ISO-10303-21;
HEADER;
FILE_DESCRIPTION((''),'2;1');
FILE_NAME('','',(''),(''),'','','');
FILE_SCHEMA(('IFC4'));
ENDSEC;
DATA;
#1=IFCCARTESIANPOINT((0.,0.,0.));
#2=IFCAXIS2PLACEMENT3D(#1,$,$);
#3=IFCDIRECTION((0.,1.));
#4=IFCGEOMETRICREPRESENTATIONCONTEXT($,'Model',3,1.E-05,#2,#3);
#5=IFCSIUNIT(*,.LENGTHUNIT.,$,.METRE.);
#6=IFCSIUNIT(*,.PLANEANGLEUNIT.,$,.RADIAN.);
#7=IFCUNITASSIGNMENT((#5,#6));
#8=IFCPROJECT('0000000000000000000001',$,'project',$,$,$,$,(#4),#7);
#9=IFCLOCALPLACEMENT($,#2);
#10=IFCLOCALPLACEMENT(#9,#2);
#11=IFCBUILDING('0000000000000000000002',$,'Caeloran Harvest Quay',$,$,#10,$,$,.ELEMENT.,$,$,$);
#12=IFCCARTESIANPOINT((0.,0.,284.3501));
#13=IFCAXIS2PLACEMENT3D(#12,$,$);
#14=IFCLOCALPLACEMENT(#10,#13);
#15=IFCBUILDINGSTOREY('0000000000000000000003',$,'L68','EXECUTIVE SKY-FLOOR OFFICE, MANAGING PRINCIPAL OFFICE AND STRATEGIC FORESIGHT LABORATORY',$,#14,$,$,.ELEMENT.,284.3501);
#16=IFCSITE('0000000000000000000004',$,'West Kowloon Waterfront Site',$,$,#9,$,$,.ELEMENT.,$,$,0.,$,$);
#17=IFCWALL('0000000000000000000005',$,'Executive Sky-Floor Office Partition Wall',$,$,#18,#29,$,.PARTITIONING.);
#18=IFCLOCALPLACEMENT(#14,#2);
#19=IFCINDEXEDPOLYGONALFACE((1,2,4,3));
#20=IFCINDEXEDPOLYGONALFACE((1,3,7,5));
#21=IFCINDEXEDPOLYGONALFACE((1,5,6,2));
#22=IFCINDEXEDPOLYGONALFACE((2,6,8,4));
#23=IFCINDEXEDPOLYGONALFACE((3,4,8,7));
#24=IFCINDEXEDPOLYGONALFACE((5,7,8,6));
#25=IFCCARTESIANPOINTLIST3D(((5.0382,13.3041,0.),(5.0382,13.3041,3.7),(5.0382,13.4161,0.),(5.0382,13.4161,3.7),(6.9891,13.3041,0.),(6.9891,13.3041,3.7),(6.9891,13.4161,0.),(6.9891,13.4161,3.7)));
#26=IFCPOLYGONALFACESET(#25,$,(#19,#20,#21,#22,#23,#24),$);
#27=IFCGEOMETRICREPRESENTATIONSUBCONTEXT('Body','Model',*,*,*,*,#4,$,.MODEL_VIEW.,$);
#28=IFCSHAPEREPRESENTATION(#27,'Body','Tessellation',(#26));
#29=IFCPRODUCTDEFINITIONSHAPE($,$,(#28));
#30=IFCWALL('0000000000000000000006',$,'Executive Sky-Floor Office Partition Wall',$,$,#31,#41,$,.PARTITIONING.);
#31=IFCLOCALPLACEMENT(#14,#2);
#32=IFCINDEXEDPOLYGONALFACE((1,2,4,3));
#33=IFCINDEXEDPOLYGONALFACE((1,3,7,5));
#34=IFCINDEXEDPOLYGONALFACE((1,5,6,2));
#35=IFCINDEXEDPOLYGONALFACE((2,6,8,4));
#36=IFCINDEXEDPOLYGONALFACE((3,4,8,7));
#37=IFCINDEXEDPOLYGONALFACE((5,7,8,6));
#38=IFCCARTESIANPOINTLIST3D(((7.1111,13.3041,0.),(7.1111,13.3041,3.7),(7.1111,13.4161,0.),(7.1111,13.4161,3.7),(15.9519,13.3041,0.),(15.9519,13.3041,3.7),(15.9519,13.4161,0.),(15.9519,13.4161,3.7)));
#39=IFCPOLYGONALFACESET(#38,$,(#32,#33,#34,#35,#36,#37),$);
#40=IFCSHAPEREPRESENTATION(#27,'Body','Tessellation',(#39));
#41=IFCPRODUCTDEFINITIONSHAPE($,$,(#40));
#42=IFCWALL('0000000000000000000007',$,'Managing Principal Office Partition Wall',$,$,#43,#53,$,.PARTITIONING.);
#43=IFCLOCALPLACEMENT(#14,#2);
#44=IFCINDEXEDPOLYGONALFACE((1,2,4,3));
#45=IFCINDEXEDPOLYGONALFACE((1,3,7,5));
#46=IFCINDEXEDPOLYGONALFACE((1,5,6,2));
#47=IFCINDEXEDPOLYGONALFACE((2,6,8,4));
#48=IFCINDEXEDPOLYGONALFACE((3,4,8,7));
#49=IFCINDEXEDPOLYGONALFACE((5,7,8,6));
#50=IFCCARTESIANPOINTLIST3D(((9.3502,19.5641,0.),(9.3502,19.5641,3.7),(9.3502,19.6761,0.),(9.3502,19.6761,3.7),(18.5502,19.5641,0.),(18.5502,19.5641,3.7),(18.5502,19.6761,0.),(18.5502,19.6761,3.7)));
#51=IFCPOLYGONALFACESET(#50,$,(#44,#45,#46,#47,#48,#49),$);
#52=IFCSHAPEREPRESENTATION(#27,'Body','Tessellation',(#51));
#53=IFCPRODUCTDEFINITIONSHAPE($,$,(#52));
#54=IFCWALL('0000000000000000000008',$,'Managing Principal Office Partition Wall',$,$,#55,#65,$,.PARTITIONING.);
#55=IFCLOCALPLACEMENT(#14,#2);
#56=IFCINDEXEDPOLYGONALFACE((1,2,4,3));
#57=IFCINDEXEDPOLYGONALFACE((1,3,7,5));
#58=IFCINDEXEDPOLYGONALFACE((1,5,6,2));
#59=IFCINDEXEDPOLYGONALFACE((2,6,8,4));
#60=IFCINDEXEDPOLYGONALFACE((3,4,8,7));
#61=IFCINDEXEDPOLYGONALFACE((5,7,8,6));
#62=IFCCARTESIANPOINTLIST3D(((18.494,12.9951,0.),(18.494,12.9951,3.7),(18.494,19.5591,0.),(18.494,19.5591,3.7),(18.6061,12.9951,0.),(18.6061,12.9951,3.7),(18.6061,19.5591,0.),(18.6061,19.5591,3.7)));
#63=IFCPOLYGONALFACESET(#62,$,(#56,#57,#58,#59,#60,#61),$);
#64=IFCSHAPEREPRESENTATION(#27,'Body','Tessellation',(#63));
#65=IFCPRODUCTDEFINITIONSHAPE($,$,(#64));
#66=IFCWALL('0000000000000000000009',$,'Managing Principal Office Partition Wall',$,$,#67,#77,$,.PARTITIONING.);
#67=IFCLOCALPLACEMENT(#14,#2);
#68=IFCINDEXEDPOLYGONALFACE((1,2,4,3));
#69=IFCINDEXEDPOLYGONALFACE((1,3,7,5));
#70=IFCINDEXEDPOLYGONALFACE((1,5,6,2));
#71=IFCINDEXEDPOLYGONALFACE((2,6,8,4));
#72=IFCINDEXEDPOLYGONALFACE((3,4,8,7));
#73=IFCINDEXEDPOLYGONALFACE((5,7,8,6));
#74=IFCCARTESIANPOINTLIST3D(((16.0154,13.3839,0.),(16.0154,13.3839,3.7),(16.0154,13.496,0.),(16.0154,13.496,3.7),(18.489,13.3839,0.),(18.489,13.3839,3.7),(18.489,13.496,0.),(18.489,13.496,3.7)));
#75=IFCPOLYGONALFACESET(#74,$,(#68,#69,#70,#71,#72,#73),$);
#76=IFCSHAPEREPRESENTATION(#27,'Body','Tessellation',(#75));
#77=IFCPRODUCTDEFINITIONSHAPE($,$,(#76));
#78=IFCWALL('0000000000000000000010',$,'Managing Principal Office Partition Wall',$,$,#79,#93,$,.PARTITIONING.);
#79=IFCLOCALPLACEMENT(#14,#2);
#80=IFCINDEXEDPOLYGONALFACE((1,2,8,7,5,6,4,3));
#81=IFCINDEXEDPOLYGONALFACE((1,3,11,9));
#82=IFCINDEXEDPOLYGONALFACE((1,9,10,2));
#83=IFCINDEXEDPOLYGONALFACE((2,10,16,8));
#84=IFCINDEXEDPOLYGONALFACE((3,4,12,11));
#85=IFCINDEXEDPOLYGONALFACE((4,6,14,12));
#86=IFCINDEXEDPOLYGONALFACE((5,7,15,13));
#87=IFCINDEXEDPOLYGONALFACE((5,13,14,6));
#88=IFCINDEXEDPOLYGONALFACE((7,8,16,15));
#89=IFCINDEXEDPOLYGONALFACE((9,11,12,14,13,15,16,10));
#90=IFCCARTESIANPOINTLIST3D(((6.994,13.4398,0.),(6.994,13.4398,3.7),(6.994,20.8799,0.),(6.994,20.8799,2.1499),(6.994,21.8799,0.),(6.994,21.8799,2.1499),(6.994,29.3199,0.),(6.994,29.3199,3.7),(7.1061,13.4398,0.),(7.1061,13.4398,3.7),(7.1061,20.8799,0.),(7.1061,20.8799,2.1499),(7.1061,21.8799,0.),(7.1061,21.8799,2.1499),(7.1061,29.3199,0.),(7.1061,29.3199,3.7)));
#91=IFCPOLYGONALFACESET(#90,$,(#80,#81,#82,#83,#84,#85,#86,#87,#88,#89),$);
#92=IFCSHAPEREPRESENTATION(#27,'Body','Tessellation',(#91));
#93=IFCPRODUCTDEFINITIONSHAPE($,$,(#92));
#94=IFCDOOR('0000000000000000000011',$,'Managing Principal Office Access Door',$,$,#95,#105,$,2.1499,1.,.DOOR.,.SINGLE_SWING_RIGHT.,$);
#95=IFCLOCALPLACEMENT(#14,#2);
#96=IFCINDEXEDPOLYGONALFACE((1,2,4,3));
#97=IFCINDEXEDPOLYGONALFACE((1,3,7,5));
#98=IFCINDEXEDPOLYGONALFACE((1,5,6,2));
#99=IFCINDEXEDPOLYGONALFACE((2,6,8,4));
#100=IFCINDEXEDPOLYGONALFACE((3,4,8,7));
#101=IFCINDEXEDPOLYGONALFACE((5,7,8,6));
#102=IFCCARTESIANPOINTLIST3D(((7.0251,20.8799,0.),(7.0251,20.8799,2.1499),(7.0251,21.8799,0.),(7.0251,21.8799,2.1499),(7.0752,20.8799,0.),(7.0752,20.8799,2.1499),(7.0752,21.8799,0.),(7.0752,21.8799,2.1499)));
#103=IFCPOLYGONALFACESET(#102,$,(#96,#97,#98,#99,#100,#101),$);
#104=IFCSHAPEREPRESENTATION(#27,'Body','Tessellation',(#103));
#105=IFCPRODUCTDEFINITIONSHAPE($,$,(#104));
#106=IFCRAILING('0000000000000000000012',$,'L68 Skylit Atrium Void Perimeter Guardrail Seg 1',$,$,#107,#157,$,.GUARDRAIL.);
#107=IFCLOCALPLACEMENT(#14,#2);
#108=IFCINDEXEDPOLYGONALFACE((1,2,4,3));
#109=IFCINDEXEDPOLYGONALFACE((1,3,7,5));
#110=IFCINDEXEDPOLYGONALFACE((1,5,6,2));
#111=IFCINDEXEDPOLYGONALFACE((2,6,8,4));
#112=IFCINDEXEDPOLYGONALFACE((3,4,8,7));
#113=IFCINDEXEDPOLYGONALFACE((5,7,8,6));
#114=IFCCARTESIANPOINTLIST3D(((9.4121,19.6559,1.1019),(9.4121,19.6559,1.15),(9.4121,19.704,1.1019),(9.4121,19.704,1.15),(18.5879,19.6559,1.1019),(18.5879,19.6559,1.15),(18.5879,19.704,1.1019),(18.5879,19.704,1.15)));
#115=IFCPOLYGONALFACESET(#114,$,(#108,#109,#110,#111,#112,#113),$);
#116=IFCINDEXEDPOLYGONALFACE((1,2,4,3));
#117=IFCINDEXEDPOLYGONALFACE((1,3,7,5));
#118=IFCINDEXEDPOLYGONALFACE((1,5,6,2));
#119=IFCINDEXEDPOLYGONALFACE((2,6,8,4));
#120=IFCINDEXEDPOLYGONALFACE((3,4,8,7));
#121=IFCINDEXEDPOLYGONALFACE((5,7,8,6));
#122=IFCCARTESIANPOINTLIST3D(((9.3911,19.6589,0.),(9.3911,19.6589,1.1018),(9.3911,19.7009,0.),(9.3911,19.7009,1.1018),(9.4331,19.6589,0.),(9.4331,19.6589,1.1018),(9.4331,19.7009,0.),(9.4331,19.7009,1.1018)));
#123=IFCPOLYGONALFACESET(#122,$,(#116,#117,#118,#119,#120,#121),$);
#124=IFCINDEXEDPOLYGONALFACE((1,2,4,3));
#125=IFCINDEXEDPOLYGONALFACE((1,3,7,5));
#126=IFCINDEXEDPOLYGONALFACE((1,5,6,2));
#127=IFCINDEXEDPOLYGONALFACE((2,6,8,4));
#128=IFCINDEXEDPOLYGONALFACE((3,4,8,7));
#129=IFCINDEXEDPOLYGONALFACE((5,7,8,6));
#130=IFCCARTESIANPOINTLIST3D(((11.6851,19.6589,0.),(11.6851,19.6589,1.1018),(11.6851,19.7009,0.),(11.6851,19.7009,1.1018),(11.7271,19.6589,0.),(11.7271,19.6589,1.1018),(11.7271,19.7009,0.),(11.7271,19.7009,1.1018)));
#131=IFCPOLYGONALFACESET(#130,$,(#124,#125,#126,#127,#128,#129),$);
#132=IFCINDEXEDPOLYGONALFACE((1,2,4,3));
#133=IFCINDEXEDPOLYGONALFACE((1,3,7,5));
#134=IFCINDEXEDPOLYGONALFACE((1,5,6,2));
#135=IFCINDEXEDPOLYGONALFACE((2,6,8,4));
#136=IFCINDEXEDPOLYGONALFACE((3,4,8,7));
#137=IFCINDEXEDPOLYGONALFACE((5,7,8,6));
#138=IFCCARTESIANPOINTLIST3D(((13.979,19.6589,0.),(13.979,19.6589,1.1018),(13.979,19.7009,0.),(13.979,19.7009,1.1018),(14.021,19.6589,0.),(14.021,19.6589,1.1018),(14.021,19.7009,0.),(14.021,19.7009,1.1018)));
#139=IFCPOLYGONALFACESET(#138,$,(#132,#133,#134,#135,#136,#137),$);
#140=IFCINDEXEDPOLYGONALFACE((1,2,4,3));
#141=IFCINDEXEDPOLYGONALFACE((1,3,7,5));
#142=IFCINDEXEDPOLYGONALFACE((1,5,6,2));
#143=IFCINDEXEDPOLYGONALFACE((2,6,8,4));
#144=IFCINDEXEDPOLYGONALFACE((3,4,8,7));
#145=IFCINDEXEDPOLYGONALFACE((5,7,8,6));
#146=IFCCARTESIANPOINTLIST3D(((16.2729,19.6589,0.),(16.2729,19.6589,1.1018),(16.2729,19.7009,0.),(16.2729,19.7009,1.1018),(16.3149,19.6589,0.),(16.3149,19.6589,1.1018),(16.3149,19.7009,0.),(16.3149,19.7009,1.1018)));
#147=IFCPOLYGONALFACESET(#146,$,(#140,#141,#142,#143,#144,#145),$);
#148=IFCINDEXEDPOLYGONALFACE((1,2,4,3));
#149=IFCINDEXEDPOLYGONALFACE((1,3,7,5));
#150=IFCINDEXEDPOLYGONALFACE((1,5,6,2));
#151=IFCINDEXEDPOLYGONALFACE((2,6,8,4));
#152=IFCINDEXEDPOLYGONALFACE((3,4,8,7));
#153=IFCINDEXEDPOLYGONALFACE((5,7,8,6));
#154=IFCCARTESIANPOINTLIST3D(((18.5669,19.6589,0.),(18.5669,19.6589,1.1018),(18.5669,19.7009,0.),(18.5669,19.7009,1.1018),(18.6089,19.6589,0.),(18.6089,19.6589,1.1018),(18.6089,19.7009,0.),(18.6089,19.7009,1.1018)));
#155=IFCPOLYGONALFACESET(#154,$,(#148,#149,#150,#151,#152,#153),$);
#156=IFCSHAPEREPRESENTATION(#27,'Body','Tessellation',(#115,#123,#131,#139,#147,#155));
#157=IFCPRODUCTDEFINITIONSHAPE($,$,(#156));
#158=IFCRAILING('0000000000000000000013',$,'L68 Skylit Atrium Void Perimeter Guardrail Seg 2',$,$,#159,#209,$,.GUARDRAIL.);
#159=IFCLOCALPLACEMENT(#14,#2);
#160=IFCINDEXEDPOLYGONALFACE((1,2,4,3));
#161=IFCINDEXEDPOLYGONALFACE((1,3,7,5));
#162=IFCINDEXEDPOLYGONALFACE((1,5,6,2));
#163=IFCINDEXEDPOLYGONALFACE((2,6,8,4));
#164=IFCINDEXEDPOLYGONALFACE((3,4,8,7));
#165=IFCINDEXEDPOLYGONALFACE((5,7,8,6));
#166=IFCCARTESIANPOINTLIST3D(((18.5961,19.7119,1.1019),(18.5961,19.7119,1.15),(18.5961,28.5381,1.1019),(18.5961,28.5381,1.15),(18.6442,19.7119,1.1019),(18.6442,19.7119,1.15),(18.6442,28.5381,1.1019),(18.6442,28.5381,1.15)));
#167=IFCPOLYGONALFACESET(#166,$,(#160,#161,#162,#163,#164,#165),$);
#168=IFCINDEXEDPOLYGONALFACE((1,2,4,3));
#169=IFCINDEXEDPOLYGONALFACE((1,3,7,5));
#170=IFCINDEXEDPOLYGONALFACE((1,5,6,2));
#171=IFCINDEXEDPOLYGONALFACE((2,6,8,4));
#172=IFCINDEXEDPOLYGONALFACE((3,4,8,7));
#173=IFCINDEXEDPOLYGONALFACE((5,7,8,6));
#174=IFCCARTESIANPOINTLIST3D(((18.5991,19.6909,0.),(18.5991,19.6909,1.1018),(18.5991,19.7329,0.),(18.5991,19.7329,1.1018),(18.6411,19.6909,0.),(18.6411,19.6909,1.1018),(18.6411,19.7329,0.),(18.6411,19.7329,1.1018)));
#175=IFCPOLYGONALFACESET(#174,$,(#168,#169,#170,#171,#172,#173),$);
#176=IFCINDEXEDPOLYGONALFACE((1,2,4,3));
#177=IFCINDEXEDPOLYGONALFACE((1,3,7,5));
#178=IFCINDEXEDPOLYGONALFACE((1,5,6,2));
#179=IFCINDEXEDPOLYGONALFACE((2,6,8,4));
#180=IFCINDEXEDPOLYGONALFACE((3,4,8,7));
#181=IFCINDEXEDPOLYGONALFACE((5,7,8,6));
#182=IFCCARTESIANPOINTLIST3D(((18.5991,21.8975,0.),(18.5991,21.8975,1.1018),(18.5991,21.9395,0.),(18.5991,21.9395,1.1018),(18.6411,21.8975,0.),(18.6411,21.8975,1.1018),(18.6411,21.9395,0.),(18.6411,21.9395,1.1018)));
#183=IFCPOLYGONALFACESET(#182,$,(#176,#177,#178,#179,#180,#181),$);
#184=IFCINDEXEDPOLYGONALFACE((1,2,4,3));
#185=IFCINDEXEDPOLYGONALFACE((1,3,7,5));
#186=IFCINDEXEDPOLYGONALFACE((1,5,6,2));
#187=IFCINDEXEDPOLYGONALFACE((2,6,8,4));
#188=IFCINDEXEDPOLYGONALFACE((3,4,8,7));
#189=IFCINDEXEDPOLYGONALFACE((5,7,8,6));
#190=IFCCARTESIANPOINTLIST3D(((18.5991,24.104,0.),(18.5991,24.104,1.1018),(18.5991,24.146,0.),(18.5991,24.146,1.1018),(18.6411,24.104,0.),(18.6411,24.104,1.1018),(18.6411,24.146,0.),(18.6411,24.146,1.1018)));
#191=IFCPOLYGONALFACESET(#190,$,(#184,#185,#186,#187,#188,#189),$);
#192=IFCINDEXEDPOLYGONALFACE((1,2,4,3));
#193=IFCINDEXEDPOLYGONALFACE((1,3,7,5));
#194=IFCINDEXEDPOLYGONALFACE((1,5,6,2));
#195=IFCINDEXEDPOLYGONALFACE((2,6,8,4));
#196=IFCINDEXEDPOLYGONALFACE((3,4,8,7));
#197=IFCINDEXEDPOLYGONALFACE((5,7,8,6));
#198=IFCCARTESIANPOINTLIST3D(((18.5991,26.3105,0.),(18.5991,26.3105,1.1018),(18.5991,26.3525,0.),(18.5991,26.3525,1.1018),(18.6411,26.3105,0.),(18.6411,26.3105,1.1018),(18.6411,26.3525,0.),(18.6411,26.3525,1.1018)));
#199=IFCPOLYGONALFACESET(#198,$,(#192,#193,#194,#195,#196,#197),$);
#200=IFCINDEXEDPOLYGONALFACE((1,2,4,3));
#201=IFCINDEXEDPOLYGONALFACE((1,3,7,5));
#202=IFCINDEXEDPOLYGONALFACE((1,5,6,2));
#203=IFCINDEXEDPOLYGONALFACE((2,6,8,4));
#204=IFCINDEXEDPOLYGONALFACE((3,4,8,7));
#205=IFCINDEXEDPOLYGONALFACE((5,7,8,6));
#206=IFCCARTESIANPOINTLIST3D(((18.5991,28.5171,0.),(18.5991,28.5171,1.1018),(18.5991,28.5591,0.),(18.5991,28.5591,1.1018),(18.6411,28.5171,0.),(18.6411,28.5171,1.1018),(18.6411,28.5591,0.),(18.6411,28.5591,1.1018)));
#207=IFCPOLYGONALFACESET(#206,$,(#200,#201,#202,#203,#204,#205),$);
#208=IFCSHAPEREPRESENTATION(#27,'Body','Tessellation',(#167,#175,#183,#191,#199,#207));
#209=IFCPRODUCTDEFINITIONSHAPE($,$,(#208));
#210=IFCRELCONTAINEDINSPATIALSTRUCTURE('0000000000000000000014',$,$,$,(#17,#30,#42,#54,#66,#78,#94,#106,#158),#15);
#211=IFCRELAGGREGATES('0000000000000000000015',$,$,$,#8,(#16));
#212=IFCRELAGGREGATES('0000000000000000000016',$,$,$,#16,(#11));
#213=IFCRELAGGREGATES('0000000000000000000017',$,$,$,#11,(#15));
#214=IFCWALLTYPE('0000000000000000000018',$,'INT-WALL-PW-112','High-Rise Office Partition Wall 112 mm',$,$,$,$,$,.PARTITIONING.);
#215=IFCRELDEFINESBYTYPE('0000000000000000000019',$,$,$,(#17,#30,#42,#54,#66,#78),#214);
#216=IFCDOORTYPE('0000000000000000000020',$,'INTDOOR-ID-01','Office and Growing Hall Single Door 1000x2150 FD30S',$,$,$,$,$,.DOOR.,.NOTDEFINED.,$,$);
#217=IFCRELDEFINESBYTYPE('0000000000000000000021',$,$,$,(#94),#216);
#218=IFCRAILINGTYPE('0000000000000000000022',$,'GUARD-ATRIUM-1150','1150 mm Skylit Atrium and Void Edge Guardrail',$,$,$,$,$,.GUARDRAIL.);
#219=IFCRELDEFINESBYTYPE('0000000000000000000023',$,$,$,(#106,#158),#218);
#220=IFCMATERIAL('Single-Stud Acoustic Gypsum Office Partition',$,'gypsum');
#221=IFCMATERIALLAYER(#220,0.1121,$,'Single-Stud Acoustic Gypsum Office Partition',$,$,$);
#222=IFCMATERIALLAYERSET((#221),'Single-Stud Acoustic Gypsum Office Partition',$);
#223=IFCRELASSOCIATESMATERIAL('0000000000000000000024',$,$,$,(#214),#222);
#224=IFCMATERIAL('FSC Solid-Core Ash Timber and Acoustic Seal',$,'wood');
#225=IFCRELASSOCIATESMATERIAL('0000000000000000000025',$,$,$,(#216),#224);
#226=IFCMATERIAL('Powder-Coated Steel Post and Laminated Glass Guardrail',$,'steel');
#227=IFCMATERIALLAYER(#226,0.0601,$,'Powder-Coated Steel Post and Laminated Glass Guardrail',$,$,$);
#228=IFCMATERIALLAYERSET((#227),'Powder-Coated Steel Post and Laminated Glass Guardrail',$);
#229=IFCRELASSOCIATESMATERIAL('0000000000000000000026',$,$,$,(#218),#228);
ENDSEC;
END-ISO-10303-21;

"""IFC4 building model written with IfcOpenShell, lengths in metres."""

from ifc_helpers import new_model, si_unit, direction, frame, frame_2d, origin, origin_2d, place, context, subcontext, project, spatial, rectangle, extrude, material, layer, layer_set, type_object, element, fill, save


model = new_model("IFC4")

# Units and contexts
model_context = context("Model", 3, precision=1e-05, world=origin(), true_north=direction((0.0, 1.0)))
body_context = subcontext(model_context, "Body", "Model", "MODEL_VIEW")
ifc_project = project(units=[si_unit("LENGTHUNIT", "METRE"), si_unit("PLANEANGLEUNIT", "RADIAN")], contexts=[model_context])

# Site, building, storey
site_placement = place(None, origin())
site = spatial("IfcSite", under=ifc_project, at=site_placement, Name="West Kowloon Waterfront Site", CompositionType="ELEMENT", RefElevation=0.0)
building_placement = place(site_placement, origin())
building = spatial("IfcBuilding", under=site, at=building_placement, Name="Caeloran Harvest Quay", CompositionType="ELEMENT")
storey_placement = place(building_placement, frame((0.0, 0.0, 284.3501)))
storey = spatial("IfcBuildingStorey", under=building, at=storey_placement, Name="L68", Description="EXECUTIVE SKY-FLOOR OFFICE, MANAGING PRINCIPAL OFFICE AND STRATEGIC FORESIGHT LABORATORY", CompositionType="ELEMENT", Elevation=284.3501)

# Shared definitions
ifc_material_1 = material(Name="Single-Stud Acoustic Gypsum Office Partition", Category="gypsum")
ifc_layer_1 = layer(ifc_material_1, 0.1121, Name="Single-Stud Acoustic Gypsum Office Partition")
ifc_layer_set_1 = layer_set([ifc_layer_1], Name="Single-Stud Acoustic Gypsum Office Partition")
wall_type_1 = type_object("IfcWallType", Name="INT-WALL-PW-112", Description="High-Rise Office Partition Wall 112 mm", PredefinedType="PARTITIONING", material=ifc_layer_set_1)

# Shared definitions
ifc_material_2 = material(Name="FSC Solid-Core Ash Timber and Acoustic Seal", Category="wood")
door_type = type_object("IfcDoorType", Name="INTDOOR-ID-01", Description="Office and Growing Hall Single Door 1000x2150 FD30S", OperationType="NOTDEFINED", PredefinedType="DOOR", material=ifc_material_2)

# Walls
wall_1_placement = place(storey_placement, frame((5.0381, 13.3601, 0.0), z_axis=(0.0, 0.0, 1.0), x_axis=(1.0, 0.0, 0.0)))
element("IfcWall", 1, at=wall_1_placement, inside=storey, type_object=wall_type_1, Name="Executive Sky-Floor Office Partition Wall", PredefinedType="PARTITIONING", context=body_context, shape_type="SweptSolid", body=[
    extrude(rectangle(XDim=1.9509, YDim=0.1121, at=frame_2d((0.9756, 0.0))), origin(), (0.0, 0.0, 1.0), 3.7),
])
wall_2_placement = place(storey_placement, frame((7.1111, 13.3601, 0.0), z_axis=(0.0, 0.0, 1.0), x_axis=(1.0, 0.0, 0.0)))
element("IfcWall", 2, at=wall_2_placement, inside=storey, type_object=wall_type_1, Name="Executive Sky-Floor Office Partition Wall", PredefinedType="PARTITIONING", context=body_context, shape_type="SweptSolid", body=[
    extrude(rectangle(XDim=8.8408, YDim=0.1121, at=frame_2d((4.4204, 0.0))), origin(), (0.0, 0.0, 1.0), 3.7),
])
wall_3_placement = place(storey_placement, frame((9.3501, 19.6201, 0.0), z_axis=(0.0, 0.0, 1.0), x_axis=(1.0, 0.0, 0.0)))
element("IfcWall", 3, at=wall_3_placement, inside=storey, type_object=wall_type_1, Name="Managing Principal Office Partition Wall", PredefinedType="PARTITIONING", context=body_context, shape_type="SweptSolid", body=[
    extrude(rectangle(XDim=9.2, YDim=0.1121, at=frame_2d((4.6001, 0.0))), origin(), (0.0, 0.0, 1.0), 3.7),
])
wall_4_placement = place(storey_placement, frame((18.55, 19.5591, 0.0), z_axis=(0.0, 0.0, 1.0), x_axis=(0.0, -1.0, 0.0)))
element("IfcWall", 4, at=wall_4_placement, inside=storey, type_object=wall_type_1, Name="Managing Principal Office Partition Wall", PredefinedType="PARTITIONING", context=body_context, shape_type="SweptSolid", body=[
    extrude(rectangle(XDim=6.564, YDim=0.1121, at=frame_2d((3.282, 0.0))), origin(), (0.0, 0.0, 1.0), 3.7),
])
wall_5_placement = place(storey_placement, frame((18.489, 13.4399, 0.0), z_axis=(0.0, 0.0, 1.0), x_axis=(-1.0, 0.0, 0.0)))
element("IfcWall", 5, at=wall_5_placement, inside=storey, type_object=wall_type_1, Name="Managing Principal Office Partition Wall", PredefinedType="PARTITIONING", context=body_context, shape_type="SweptSolid", body=[
    extrude(rectangle(XDim=2.4736, YDim=0.1121, at=frame_2d((1.2368, 0.0))), origin(), (0.0, 0.0, 1.0), 3.7),
])

# Wall, opening, door
wall_6_placement = place(storey_placement, frame((7.05, 13.4399, 0.0), z_axis=(0.0, 0.0, 1.0), x_axis=(0.0, 1.0, 0.0)))
wall_6 = element("IfcWall", 6, at=wall_6_placement, inside=storey, type_object=wall_type_1, Name="Managing Principal Office Partition Wall", PredefinedType="PARTITIONING", context=body_context, shape_type="SweptSolid", body=[
    extrude(rectangle(XDim=15.8801, YDim=0.1121, at=frame_2d((7.9399, 0.0))), origin(), (0.0, 0.0, 1.0), 3.7),
])
opening_1_placement = place(wall_6_placement, frame((7.4399, 0.0, 0.0)))
opening_1 = element("IfcOpeningElement", 7, at=opening_1_placement, cuts=wall_6, PredefinedType="OPENING", context=body_context, shape_type="SweptSolid", body=[
    extrude(rectangle(XDim=1.0, YDim=2.1499, at=frame_2d((0.5, 1.075))), frame((0.0, 0.0659, 0.0), z_axis=(0.0, -1.0, 0.0), x_axis=(1.0, 0.0, 0.0)), (0.0, 0.0, 1.0), 0.1321),
])
door_1_placement = place(opening_1_placement, origin())
door_1 = element("IfcDoor", 8, at=door_1_placement, inside=storey, type_object=door_type, Name="Managing Principal Office Access Door", OperationType="SINGLE_SWING_RIGHT", OverallHeight=2.1499, OverallWidth=1.0, PredefinedType="DOOR", context=body_context, shape_type="SweptSolid", body=[
    extrude(rectangle(XDim=1.0, YDim=2.1499, at=frame_2d((0.5, 1.075))), frame((0.0, 0.0249, 0.0), z_axis=(0.0, -1.0, 0.0), x_axis=(1.0, 0.0, 0.0)), (0.0, 0.0, 1.0), 0.05),
])
fill(opening_1, door_1)

# Railings
ifc_material_3 = material(Name="Powder-Coated Steel Post and Laminated Glass Guardrail", Category="steel")
ifc_layer_2 = layer(ifc_material_3, 0.0601, Name="Powder-Coated Steel Post and Laminated Glass Guardrail")
ifc_layer_set_2 = layer_set([ifc_layer_2], Name="Powder-Coated Steel Post and Laminated Glass Guardrail")
railing_type = type_object("IfcRailingType", Name="GUARD-ATRIUM-1150", Description="1150 mm Skylit Atrium and Void Edge Guardrail", PredefinedType="GUARDRAIL", material=ifc_layer_set_2)
railing_1_placement = place(storey_placement, frame((9.4121, 19.6799, 0.0)))
element("IfcRailing", 9, at=railing_1_placement, inside=storey, type_object=railing_type, Name="L68 Skylit Atrium Void Perimeter Guardrail Seg 1", PredefinedType="GUARDRAIL", context=body_context, shape_type="SweptSolid", body=[
    extrude(rectangle(XDim=0.0481, YDim=0.0481, at=origin_2d()), frame((0.0, 0.0, 1.126), z_axis=(1.0, 0.0, 0.0), x_axis=(0.0, 1.0, 0.0)), (0.0, 0.0, 1.0), 9.1758),
    extrude(rectangle(XDim=0.042, YDim=0.042, at=origin_2d()), origin(), (0.0, 0.0, 1.0), 1.1018),
    extrude(rectangle(XDim=0.042, YDim=0.042, at=origin_2d()), frame((2.2939, 0.0, 0.0)), (0.0, 0.0, 1.0), 1.1018),
    extrude(rectangle(XDim=0.042, YDim=0.042, at=origin_2d()), frame((4.5879, 0.0, 0.0)), (0.0, 0.0, 1.0), 1.1018),
    extrude(rectangle(XDim=0.042, YDim=0.042, at=origin_2d()), frame((6.8818, 0.0, 0.0)), (0.0, 0.0, 1.0), 1.1018),
    extrude(rectangle(XDim=0.042, YDim=0.042, at=origin_2d()), frame((9.1758, 0.0, 0.0)), (0.0, 0.0, 1.0), 1.1018),
])
railing_2_placement = place(storey_placement, frame((18.6201, 19.7119, 0.0)))
element("IfcRailing", 10, at=railing_2_placement, inside=storey, type_object=railing_type, Name="L68 Skylit Atrium Void Perimeter Guardrail Seg 2", PredefinedType="GUARDRAIL", context=body_context, shape_type="SweptSolid", body=[
    extrude(rectangle(XDim=0.0481, YDim=0.0481, at=origin_2d()), frame((0.0, 0.0, 1.126), z_axis=(0.0, 1.0, 0.0), x_axis=(-1.0, 0.0, 0.0)), (0.0, 0.0, 1.0), 8.8262),
    extrude(rectangle(XDim=0.042, YDim=0.042, at=origin_2d()), origin(), (0.0, 0.0, 1.0), 1.1018),
    extrude(rectangle(XDim=0.042, YDim=0.042, at=origin_2d()), frame((0.0, 2.2065, 0.0)), (0.0, 0.0, 1.0), 1.1018),
    extrude(rectangle(XDim=0.042, YDim=0.042, at=origin_2d()), frame((0.0, 4.4131, 0.0)), (0.0, 0.0, 1.0), 1.1018),
    extrude(rectangle(XDim=0.042, YDim=0.042, at=origin_2d()), frame((0.0, 6.6196, 0.0)), (0.0, 0.0, 1.0), 1.1018),
    extrude(rectangle(XDim=0.042, YDim=0.042, at=origin_2d()), frame((0.0, 8.8262, 0.0)), (0.0, 0.0, 1.0), 1.1018),
])

save(model, "model.ifc")
